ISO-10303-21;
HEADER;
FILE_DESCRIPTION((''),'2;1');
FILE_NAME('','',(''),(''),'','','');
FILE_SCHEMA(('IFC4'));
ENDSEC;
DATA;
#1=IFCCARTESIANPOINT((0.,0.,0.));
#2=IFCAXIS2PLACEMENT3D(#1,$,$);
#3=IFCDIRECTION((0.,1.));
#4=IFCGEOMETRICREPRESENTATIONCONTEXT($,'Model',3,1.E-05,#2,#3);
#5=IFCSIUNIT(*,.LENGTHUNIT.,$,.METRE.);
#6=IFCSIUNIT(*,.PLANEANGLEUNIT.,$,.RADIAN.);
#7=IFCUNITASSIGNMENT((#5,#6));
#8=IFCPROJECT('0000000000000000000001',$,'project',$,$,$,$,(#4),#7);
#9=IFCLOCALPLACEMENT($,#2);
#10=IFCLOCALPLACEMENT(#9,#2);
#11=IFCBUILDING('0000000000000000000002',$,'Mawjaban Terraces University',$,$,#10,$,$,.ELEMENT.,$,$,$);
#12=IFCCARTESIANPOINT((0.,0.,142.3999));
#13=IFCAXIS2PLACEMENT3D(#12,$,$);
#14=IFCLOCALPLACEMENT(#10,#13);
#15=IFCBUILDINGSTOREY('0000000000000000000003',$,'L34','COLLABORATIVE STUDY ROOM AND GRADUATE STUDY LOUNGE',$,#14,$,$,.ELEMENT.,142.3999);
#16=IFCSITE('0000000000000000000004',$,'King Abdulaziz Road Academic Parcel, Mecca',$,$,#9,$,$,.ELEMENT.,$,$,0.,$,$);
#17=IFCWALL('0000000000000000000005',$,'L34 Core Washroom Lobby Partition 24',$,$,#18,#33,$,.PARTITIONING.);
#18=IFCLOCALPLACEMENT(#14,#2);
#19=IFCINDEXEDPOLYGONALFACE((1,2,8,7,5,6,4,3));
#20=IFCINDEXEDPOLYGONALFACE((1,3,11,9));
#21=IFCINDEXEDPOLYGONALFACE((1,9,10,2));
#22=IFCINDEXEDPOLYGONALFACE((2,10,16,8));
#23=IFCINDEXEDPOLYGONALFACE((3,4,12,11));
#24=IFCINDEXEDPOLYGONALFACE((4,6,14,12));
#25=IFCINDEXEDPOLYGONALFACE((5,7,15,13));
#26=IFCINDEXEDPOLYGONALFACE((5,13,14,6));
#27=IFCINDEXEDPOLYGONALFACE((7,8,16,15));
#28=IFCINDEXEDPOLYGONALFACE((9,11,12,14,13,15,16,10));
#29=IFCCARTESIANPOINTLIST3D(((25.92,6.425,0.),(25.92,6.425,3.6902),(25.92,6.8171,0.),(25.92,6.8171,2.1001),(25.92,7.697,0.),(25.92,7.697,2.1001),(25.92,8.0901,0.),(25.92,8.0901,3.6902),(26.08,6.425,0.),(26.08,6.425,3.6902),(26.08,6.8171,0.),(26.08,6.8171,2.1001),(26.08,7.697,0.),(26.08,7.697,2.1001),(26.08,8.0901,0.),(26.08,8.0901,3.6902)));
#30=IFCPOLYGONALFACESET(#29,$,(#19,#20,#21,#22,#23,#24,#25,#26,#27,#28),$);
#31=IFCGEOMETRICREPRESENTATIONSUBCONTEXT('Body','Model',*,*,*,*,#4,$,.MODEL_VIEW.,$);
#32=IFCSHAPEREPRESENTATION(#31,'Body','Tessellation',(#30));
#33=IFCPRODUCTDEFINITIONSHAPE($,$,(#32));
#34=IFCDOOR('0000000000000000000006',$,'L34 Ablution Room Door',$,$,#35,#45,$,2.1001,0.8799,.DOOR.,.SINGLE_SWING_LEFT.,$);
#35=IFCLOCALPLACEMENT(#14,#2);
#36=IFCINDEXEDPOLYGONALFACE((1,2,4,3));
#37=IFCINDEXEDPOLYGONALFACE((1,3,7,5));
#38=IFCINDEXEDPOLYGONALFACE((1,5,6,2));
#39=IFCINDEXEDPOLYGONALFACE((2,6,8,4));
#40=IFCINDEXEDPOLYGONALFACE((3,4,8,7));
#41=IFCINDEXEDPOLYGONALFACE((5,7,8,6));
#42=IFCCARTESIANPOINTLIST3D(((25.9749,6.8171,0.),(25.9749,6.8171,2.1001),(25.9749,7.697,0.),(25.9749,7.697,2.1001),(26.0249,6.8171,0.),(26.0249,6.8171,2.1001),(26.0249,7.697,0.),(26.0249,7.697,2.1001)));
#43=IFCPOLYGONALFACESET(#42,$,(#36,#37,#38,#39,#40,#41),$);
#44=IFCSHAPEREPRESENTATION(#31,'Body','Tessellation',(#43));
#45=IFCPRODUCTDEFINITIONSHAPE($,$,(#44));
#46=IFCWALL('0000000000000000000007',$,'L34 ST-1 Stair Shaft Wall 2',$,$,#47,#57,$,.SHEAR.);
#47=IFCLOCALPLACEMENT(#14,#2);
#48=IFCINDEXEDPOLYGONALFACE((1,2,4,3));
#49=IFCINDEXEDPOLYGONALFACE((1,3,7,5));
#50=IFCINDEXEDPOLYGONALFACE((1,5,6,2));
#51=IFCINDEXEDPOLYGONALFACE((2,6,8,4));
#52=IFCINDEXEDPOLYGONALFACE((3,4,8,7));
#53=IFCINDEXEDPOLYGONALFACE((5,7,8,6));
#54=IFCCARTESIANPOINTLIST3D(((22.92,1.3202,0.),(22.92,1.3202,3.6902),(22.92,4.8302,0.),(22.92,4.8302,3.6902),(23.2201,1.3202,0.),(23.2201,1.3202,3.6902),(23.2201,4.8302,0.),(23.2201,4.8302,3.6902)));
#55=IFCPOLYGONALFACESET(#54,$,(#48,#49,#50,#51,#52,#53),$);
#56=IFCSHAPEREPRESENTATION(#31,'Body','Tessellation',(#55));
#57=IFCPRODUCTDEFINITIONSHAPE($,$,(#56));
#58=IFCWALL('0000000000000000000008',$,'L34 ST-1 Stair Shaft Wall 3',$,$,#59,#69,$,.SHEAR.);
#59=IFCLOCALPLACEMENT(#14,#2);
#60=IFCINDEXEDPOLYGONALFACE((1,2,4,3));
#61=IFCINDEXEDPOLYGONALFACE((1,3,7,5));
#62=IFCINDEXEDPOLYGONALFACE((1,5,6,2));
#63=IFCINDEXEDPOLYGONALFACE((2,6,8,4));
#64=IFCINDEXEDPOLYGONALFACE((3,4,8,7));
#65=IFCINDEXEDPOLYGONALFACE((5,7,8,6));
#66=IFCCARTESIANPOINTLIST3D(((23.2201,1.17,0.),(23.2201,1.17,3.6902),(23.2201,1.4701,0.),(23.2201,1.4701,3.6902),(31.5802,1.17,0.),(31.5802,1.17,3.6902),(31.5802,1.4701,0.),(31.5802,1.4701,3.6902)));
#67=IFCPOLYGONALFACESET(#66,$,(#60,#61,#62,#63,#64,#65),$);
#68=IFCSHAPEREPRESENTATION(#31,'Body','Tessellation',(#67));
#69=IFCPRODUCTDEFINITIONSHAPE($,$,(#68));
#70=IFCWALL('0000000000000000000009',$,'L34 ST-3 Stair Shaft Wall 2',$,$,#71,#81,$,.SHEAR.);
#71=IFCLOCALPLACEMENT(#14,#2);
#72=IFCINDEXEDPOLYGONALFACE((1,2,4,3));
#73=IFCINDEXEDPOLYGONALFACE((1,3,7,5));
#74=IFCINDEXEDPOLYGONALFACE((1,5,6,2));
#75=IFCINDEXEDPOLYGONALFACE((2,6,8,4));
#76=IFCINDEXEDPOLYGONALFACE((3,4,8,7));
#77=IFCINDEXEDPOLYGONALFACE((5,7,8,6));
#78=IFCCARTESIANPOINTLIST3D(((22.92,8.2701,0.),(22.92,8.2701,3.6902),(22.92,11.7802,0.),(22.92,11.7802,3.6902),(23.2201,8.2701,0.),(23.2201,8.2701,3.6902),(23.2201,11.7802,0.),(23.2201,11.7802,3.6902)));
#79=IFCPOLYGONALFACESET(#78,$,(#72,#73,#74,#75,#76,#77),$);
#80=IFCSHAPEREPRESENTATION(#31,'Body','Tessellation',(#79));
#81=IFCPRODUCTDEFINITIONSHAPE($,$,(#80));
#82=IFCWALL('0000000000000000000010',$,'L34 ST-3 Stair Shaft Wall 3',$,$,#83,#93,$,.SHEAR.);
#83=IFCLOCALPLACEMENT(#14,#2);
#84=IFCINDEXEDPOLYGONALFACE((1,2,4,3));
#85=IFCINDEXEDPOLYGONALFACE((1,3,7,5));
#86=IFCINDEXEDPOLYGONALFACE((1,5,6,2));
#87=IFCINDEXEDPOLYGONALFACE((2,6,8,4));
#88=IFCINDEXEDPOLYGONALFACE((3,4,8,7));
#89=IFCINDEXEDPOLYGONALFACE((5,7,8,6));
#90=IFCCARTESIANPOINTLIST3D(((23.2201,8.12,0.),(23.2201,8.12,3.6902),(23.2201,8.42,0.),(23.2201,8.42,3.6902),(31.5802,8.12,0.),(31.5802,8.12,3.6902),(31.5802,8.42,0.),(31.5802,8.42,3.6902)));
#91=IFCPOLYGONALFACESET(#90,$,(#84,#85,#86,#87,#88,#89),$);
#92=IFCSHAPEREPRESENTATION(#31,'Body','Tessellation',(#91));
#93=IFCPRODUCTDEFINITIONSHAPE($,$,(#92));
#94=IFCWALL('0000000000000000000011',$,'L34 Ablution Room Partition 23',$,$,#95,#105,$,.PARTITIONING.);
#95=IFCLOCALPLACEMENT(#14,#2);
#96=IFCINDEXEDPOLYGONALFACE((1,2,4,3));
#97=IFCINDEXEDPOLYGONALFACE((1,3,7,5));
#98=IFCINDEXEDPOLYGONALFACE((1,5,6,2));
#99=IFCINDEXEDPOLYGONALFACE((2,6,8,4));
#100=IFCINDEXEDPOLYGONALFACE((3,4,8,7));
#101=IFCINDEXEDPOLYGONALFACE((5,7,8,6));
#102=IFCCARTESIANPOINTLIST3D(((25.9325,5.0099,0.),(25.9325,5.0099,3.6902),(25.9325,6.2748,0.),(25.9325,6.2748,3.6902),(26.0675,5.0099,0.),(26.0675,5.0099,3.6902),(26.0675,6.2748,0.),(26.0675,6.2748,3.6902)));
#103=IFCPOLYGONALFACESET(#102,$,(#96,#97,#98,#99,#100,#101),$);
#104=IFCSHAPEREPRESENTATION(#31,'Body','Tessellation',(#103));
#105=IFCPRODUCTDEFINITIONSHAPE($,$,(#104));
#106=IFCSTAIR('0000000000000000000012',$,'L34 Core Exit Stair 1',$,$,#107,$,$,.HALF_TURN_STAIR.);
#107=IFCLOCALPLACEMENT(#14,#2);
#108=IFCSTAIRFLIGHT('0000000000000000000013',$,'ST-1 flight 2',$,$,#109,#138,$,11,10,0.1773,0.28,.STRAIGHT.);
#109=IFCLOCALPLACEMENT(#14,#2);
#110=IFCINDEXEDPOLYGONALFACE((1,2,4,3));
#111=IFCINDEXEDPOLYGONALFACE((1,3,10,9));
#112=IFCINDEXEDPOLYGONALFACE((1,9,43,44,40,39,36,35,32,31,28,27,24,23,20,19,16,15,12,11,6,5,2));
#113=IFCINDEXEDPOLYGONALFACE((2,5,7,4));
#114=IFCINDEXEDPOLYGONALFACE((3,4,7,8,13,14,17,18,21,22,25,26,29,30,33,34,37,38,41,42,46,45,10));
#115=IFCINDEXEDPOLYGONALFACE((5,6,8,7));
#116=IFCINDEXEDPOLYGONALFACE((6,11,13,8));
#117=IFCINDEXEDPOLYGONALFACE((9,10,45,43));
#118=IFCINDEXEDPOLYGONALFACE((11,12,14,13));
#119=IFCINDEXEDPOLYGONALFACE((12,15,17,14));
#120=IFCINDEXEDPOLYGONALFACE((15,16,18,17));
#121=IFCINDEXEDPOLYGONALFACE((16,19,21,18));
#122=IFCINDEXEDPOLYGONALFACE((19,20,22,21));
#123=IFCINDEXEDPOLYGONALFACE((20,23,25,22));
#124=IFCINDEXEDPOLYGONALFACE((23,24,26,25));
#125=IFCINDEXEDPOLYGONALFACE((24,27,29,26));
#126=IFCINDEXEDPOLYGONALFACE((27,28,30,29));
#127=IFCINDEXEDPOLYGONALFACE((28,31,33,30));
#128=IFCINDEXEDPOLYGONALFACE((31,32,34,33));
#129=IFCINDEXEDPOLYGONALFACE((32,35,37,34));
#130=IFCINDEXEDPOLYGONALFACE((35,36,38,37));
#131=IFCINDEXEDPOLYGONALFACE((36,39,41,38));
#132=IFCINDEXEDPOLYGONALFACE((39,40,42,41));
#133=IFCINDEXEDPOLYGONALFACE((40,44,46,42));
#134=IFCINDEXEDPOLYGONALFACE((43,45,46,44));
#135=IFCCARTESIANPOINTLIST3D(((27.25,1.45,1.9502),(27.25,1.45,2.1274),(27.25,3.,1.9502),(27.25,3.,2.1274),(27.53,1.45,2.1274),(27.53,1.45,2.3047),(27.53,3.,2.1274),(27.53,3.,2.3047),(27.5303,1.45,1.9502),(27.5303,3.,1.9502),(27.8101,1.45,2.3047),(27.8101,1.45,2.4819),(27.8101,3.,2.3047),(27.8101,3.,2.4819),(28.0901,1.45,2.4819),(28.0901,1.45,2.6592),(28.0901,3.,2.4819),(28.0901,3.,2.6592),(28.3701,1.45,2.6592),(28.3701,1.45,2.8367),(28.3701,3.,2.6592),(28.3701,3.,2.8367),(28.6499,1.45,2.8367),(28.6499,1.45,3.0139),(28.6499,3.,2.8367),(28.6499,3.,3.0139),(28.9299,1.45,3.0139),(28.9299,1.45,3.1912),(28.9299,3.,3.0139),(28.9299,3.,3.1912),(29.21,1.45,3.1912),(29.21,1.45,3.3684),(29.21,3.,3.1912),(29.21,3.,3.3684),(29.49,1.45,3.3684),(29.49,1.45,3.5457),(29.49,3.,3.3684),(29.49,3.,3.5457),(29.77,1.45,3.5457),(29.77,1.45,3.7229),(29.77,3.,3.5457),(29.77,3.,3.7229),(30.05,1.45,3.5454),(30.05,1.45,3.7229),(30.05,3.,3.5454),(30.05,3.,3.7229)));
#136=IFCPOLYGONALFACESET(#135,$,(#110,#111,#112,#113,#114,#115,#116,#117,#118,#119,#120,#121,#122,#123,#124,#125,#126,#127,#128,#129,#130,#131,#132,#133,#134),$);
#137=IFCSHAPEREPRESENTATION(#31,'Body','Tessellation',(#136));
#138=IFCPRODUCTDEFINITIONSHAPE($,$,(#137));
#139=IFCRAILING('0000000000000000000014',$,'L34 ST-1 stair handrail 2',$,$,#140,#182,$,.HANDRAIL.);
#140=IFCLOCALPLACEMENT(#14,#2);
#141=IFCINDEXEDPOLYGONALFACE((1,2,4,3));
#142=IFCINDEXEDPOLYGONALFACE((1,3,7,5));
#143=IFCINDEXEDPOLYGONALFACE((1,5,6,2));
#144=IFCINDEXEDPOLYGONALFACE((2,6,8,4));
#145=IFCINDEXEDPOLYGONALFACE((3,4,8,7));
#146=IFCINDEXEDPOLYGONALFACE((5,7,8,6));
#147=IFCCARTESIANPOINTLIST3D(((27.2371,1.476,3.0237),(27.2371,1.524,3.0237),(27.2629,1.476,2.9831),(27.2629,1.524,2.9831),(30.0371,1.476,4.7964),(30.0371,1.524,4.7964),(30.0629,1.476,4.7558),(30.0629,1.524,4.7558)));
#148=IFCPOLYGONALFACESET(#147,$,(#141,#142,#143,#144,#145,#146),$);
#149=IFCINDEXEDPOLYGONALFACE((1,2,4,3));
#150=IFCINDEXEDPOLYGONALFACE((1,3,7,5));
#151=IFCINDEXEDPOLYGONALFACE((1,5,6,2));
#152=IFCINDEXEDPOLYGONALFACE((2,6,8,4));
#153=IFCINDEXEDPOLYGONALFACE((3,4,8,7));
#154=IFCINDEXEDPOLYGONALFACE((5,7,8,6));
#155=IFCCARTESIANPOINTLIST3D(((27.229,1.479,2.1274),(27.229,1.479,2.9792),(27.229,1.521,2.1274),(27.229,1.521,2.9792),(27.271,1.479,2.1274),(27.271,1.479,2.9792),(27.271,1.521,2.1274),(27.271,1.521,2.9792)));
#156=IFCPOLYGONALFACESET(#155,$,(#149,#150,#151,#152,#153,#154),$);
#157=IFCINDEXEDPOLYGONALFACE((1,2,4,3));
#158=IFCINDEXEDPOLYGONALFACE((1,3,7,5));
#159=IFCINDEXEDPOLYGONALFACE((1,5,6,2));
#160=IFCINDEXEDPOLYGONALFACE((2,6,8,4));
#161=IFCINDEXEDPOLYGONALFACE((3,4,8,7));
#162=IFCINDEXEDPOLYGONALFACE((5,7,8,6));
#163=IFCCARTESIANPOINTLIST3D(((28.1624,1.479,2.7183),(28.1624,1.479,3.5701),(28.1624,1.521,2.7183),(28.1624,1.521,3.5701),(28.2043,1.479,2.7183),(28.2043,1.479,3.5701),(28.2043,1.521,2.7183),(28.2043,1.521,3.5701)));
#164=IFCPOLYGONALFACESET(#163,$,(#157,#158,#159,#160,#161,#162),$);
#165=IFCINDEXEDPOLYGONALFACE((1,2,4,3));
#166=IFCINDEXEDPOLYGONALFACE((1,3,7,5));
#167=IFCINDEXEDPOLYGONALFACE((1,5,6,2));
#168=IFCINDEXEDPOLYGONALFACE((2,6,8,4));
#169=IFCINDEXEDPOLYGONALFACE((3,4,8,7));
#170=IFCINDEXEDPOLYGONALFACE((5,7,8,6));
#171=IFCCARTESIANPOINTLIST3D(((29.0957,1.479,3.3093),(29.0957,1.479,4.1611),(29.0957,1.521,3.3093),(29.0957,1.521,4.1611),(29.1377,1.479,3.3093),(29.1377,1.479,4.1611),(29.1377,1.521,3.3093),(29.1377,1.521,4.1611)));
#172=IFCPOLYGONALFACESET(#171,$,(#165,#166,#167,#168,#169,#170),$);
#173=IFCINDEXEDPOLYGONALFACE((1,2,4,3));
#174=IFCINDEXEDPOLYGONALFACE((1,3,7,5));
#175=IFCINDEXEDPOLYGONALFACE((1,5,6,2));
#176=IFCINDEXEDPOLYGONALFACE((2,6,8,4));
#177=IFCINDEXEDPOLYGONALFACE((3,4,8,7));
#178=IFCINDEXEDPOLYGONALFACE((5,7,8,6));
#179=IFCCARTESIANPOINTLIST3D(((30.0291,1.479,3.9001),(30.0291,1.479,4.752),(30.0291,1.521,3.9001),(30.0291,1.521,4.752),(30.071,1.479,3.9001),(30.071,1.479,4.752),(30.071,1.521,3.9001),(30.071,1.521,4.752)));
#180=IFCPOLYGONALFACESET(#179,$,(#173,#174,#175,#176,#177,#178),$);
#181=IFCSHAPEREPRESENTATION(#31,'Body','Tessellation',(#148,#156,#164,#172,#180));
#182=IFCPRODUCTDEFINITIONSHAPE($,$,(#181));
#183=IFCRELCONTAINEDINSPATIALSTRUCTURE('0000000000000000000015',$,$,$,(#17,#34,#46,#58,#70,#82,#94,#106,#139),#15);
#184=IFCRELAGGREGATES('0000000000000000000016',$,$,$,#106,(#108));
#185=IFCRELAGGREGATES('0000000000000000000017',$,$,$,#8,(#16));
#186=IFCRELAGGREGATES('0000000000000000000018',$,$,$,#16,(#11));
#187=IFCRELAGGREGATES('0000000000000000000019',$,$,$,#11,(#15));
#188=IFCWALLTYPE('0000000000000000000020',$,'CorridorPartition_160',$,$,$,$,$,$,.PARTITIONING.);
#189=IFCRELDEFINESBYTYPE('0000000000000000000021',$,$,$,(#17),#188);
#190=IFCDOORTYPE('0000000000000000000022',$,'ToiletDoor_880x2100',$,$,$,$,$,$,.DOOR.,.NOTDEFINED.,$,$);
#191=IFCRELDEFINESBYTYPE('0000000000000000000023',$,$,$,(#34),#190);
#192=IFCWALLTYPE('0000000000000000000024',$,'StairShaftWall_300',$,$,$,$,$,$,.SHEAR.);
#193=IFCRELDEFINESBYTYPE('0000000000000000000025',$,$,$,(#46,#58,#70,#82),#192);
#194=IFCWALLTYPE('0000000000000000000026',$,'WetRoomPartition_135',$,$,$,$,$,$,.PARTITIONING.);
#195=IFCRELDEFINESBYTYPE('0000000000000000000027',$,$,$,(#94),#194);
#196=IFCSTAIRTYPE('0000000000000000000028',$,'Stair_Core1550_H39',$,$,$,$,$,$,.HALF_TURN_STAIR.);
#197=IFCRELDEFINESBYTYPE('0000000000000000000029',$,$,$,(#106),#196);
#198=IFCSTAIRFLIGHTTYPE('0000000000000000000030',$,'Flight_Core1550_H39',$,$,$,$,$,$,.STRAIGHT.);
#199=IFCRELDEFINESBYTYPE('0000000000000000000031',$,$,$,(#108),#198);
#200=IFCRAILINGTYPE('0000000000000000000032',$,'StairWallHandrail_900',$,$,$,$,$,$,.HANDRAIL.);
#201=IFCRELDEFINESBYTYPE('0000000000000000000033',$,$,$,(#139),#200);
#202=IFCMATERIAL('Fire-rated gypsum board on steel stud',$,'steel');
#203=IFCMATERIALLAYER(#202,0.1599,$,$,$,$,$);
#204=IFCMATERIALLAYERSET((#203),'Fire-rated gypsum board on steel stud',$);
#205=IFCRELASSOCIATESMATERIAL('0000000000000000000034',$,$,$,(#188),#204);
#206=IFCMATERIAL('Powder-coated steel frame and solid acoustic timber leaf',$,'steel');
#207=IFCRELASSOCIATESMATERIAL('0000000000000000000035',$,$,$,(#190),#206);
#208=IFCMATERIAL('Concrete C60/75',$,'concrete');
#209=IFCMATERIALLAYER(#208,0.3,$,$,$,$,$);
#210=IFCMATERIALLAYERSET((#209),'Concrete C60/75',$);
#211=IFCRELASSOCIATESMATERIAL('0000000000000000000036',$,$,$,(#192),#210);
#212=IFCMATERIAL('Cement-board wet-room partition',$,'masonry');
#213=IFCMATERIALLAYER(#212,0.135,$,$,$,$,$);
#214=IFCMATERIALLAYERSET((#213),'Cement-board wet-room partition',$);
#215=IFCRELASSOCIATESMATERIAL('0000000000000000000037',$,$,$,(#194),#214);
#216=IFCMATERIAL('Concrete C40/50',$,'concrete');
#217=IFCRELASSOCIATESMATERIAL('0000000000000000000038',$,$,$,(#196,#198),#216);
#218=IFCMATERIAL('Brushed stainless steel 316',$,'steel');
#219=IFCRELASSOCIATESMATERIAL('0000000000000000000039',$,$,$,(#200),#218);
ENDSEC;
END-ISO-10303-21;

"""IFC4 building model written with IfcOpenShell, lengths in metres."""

from ifc_helpers import new_model, si_unit, direction, frame, frame_2d, origin, origin_2d, place, context, subcontext, project, spatial, polyline, rectangle, outline, extrude, material, layer, layer_set, type_object, element, fill, aggregate, save


model = new_model("IFC4")

# Units and contexts
model_context = context("Model", 3, precision=1e-05, world=origin(), true_north=direction((0.0, 1.0)))
body_context = subcontext(model_context, "Body", "Model", "MODEL_VIEW")
ifc_project = project(units=[si_unit("LENGTHUNIT", "METRE"), si_unit("PLANEANGLEUNIT", "RADIAN")], contexts=[model_context])

# Site, building, storey
site_placement = place(None, origin())
site = spatial("IfcSite", under=ifc_project, at=site_placement, Name="King Abdulaziz Road Academic Parcel, Mecca", CompositionType="ELEMENT", RefElevation=0.0)
building_placement = place(site_placement, origin())
building = spatial("IfcBuilding", under=site, at=building_placement, Name="Mawjaban Terraces University", CompositionType="ELEMENT")
storey_placement = place(building_placement, frame((0.0, 0.0, 142.3999)))
storey = spatial("IfcBuildingStorey", under=building, at=storey_placement, Name="L34", Description="COLLABORATIVE STUDY ROOM AND GRADUATE STUDY LOUNGE", CompositionType="ELEMENT", Elevation=142.3999)

# Shared definitions
ifc_material_1 = material(Name="Concrete C60/75", Category="concrete")

# Wall, opening, door
ifc_material_2 = material(Name="Fire-rated gypsum board on steel stud", Category="steel")
ifc_layer_1 = layer(ifc_material_2, 0.1599)
ifc_layer_set_1 = layer_set([ifc_layer_1], Name="Fire-rated gypsum board on steel stud")
wall_type_1 = type_object("IfcWallType", Name="CorridorPartition_160", PredefinedType="PARTITIONING", material=ifc_layer_set_1)
ifc_material_3 = material(Name="Powder-coated steel frame and solid acoustic timber leaf", Category="steel")
door_type = type_object("IfcDoorType", Name="ToiletDoor_880x2100", OperationType="NOTDEFINED", PredefinedType="DOOR", material=ifc_material_3)
wall_1_placement = place(storey_placement, frame((26.0, 8.0901, 0.0), z_axis=(0.0, 0.0, 1.0), x_axis=(0.0, -1.0, 0.0)))
wall_1 = element("IfcWall", 1, at=wall_1_placement, inside=storey, type_object=wall_type_1, Name="L34 Core Washroom Lobby Partition 24", PredefinedType="PARTITIONING", context=body_context, shape_type="SweptSolid", body=[
    extrude(rectangle(XDim=1.665, YDim=0.1599, at=frame_2d((0.8325, 0.0))), origin(), (0.0, 0.0, 1.0), 3.6902),
])
opening_1_placement = place(wall_1_placement, frame((0.3931, 0.0, 0.0)))
opening_1 = element("IfcOpeningElement", 2, at=opening_1_placement, cuts=wall_1, PredefinedType="OPENING", context=body_context, shape_type="SweptSolid", body=[
    extrude(rectangle(XDim=0.8799, YDim=2.1001, at=frame_2d((0.4399, 1.05))), frame((0.0, 0.0898, 0.0), z_axis=(0.0, -1.0, 0.0), x_axis=(1.0, 0.0, 0.0)), (0.0, 0.0, 1.0), 0.1799),
])
door_1_placement = place(opening_1_placement, origin())
door_1 = element("IfcDoor", 3, at=door_1_placement, inside=storey, type_object=door_type, Name="L34 Ablution Room Door", OperationType="SINGLE_SWING_LEFT", OverallHeight=2.1001, OverallWidth=0.8799, PredefinedType="DOOR", context=body_context, shape_type="SweptSolid", body=[
    extrude(rectangle(XDim=0.8799, YDim=2.1001, at=frame_2d((0.4399, 1.05))), frame((0.0, 0.0249, 0.0), z_axis=(0.0, -1.0, 0.0), x_axis=(1.0, 0.0, 0.0)), (0.0, 0.0, 1.0), 0.05),
])
fill(opening_1, door_1)

# Walls
ifc_layer_2 = layer(ifc_material_1, 0.3)
ifc_layer_set_2 = layer_set([ifc_layer_2], Name="Concrete C60/75")
wall_type_2 = type_object("IfcWallType", Name="StairShaftWall_300", PredefinedType="SHEAR", material=ifc_layer_set_2)
wall_2_placement = place(storey_placement, frame((23.0701, 4.8301, 0.0), z_axis=(0.0, 0.0, 1.0), x_axis=(0.0, -1.0, 0.0)))
element("IfcWall", 4, at=wall_2_placement, inside=storey, type_object=wall_type_2, Name="L34 ST-1 Stair Shaft Wall 2", PredefinedType="SHEAR", context=body_context, shape_type="SweptSolid", body=[
    extrude(rectangle(XDim=3.51, YDim=0.3, at=frame_2d((1.7549, 0.0))), origin(), (0.0, 0.0, 1.0), 3.6902),
])
wall_3_placement = place(storey_placement, frame((23.22, 1.3201, 0.0), z_axis=(0.0, 0.0, 1.0), x_axis=(1.0, 0.0, 0.0)))
element("IfcWall", 5, at=wall_3_placement, inside=storey, type_object=wall_type_2, Name="L34 ST-1 Stair Shaft Wall 3", PredefinedType="SHEAR", context=body_context, shape_type="SweptSolid", body=[
    extrude(rectangle(XDim=8.3601, YDim=0.3, at=frame_2d((4.1802, 0.0))), origin(), (0.0, 0.0, 1.0), 3.6902),
])
wall_4_placement = place(storey_placement, frame((23.0701, 11.78, 0.0), z_axis=(0.0, 0.0, 1.0), x_axis=(0.0, -1.0, 0.0)))
element("IfcWall", 6, at=wall_4_placement, inside=storey, type_object=wall_type_2, Name="L34 ST-3 Stair Shaft Wall 2", PredefinedType="SHEAR", context=body_context, shape_type="SweptSolid", body=[
    extrude(rectangle(XDim=3.51, YDim=0.3, at=frame_2d((1.7549, 0.0))), origin(), (0.0, 0.0, 1.0), 3.6902),
])
wall_5_placement = place(storey_placement, frame((23.22, 8.27, 0.0), z_axis=(0.0, 0.0, 1.0), x_axis=(1.0, 0.0, 0.0)))
element("IfcWall", 7, at=wall_5_placement, inside=storey, type_object=wall_type_2, Name="L34 ST-3 Stair Shaft Wall 3", PredefinedType="SHEAR", context=body_context, shape_type="SweptSolid", body=[
    extrude(rectangle(XDim=8.3601, YDim=0.3, at=frame_2d((4.1802, 0.0))), origin(), (0.0, 0.0, 1.0), 3.6902),
])
ifc_material_4 = material(Name="Cement-board wet-room partition", Category="masonry")
ifc_layer_3 = layer(ifc_material_4, 0.135)
ifc_layer_set_3 = layer_set([ifc_layer_3], Name="Cement-board wet-room partition")
wall_type_3 = type_object("IfcWallType", Name="WetRoomPartition_135", PredefinedType="PARTITIONING", material=ifc_layer_set_3)
wall_6_placement = place(storey_placement, frame((26.0, 5.01, 0.0), z_axis=(0.0, 0.0, 1.0), x_axis=(0.0, 1.0, 0.0)))
element("IfcWall", 8, at=wall_6_placement, inside=storey, type_object=wall_type_3, Name="L34 Ablution Room Partition 23", PredefinedType="PARTITIONING", context=body_context, shape_type="SweptSolid", body=[
    extrude(rectangle(XDim=1.2649, YDim=0.135, at=frame_2d((0.6323, 0.0))), origin(), (0.0, 0.0, 1.0), 3.6902),
])

# Stair, stair flight
ifc_material_5 = material(Name="Concrete C40/50", Category="concrete")
stair_type = type_object("IfcStairType", Name="Stair_Core1550_H39", PredefinedType="HALF_TURN_STAIR", material=ifc_material_5)
stair_placement = place(storey_placement, origin())
stair = element("IfcStair", 9, at=stair_placement, inside=storey, type_object=stair_type, Name="L34 Core Exit Stair 1", PredefinedType="HALF_TURN_STAIR")
stair_flight_type = type_object("IfcStairFlightType", Name="Flight_Core1550_H39", PredefinedType="STRAIGHT", material=ifc_material_5)
stair_flight_placement = place(storey_placement, frame((27.25, 2.2251, 1.9502), z_axis=(0.0, 0.0, 1.0), x_axis=(1.0, 0.0, 0.0)))
stair_flight = element("IfcStairFlight", 10, at=stair_flight_placement, type_object=stair_flight_type, Name="ST-1 flight 2", NumberOfRisers=11, NumberOfTreads=10, PredefinedType="STRAIGHT", RiserHeight=0.1773, TreadLength=0.28, context=body_context, shape_type="SweptSolid", body=[
    extrude(outline(polyline([(0.0, 0.0), (0.0, 0.1772), (0.28, 0.1772), (0.28, 0.3545), (0.5601, 0.3545), (0.5601, 0.5317), (0.8401, 0.5317), (0.8401, 0.709), (1.1201, 0.709), (1.1201, 0.8865), (1.3999, 0.8865), (1.3999, 1.0637), (1.6799, 1.0637), (1.6799, 1.241), (1.96, 1.241), (1.96, 1.4182), (2.24, 1.4182), (2.24, 1.5955), (2.52, 1.5955), (2.52, 1.7727), (2.8, 1.7727), (2.8, 1.95), (2.8, 1.5952), (0.2803, 0.0), (0.0, 0.0)])), frame((0.0, 0.7749, 0.0), z_axis=(0.0, -1.0, 0.0), x_axis=(1.0, 0.0, 0.0)), (0.0, 0.0, 1.0), 1.55),
])
aggregate(stair, [stair_flight])

# Railing
ifc_material_6 = material(Name="Brushed stainless steel 316", Category="steel")
railing_type_1 = type_object("IfcRailingType", Name="StairWallHandrail_900", PredefinedType="HANDRAIL", material=ifc_material_6)
railing_1_placement = place(storey_placement, frame((27.25, 1.5, 2.1274)))
element("IfcRailing", 11, at=railing_1_placement, inside=storey, type_object=railing_type_1, Name="L34 ST-1 stair handrail 2", PredefinedType="HANDRAIL", context=body_context, shape_type="SweptSolid", body=[
    extrude(rectangle(XDim=0.0481, YDim=0.0481, at=origin_2d()), frame((0.0, 0.0, 0.876), z_axis=(0.844909, 0.0, 0.53491), x_axis=(0.0, 1.0, 0.0)), (0.0, 0.0, 1.0), 3.314),
    extrude(rectangle(XDim=0.042, YDim=0.042, at=origin_2d()), origin(), (0.0, 0.0, 1.0), 0.8518),
    extrude(rectangle(XDim=0.042, YDim=0.042, at=origin_2d()), frame((0.9333, 0.0, 0.5908)), (0.0, 0.0, 1.0), 0.8518),
    extrude(rectangle(XDim=0.042, YDim=0.042, at=origin_2d()), frame((1.8667, 0.0, 1.1819)), (0.0, 0.0, 1.0), 0.8518),
    extrude(rectangle(XDim=0.042, YDim=0.042, at=origin_2d()), frame((2.8, 0.0, 1.7727)), (0.0, 0.0, 1.0), 0.8518),
])

save(model, "model.ifc")
